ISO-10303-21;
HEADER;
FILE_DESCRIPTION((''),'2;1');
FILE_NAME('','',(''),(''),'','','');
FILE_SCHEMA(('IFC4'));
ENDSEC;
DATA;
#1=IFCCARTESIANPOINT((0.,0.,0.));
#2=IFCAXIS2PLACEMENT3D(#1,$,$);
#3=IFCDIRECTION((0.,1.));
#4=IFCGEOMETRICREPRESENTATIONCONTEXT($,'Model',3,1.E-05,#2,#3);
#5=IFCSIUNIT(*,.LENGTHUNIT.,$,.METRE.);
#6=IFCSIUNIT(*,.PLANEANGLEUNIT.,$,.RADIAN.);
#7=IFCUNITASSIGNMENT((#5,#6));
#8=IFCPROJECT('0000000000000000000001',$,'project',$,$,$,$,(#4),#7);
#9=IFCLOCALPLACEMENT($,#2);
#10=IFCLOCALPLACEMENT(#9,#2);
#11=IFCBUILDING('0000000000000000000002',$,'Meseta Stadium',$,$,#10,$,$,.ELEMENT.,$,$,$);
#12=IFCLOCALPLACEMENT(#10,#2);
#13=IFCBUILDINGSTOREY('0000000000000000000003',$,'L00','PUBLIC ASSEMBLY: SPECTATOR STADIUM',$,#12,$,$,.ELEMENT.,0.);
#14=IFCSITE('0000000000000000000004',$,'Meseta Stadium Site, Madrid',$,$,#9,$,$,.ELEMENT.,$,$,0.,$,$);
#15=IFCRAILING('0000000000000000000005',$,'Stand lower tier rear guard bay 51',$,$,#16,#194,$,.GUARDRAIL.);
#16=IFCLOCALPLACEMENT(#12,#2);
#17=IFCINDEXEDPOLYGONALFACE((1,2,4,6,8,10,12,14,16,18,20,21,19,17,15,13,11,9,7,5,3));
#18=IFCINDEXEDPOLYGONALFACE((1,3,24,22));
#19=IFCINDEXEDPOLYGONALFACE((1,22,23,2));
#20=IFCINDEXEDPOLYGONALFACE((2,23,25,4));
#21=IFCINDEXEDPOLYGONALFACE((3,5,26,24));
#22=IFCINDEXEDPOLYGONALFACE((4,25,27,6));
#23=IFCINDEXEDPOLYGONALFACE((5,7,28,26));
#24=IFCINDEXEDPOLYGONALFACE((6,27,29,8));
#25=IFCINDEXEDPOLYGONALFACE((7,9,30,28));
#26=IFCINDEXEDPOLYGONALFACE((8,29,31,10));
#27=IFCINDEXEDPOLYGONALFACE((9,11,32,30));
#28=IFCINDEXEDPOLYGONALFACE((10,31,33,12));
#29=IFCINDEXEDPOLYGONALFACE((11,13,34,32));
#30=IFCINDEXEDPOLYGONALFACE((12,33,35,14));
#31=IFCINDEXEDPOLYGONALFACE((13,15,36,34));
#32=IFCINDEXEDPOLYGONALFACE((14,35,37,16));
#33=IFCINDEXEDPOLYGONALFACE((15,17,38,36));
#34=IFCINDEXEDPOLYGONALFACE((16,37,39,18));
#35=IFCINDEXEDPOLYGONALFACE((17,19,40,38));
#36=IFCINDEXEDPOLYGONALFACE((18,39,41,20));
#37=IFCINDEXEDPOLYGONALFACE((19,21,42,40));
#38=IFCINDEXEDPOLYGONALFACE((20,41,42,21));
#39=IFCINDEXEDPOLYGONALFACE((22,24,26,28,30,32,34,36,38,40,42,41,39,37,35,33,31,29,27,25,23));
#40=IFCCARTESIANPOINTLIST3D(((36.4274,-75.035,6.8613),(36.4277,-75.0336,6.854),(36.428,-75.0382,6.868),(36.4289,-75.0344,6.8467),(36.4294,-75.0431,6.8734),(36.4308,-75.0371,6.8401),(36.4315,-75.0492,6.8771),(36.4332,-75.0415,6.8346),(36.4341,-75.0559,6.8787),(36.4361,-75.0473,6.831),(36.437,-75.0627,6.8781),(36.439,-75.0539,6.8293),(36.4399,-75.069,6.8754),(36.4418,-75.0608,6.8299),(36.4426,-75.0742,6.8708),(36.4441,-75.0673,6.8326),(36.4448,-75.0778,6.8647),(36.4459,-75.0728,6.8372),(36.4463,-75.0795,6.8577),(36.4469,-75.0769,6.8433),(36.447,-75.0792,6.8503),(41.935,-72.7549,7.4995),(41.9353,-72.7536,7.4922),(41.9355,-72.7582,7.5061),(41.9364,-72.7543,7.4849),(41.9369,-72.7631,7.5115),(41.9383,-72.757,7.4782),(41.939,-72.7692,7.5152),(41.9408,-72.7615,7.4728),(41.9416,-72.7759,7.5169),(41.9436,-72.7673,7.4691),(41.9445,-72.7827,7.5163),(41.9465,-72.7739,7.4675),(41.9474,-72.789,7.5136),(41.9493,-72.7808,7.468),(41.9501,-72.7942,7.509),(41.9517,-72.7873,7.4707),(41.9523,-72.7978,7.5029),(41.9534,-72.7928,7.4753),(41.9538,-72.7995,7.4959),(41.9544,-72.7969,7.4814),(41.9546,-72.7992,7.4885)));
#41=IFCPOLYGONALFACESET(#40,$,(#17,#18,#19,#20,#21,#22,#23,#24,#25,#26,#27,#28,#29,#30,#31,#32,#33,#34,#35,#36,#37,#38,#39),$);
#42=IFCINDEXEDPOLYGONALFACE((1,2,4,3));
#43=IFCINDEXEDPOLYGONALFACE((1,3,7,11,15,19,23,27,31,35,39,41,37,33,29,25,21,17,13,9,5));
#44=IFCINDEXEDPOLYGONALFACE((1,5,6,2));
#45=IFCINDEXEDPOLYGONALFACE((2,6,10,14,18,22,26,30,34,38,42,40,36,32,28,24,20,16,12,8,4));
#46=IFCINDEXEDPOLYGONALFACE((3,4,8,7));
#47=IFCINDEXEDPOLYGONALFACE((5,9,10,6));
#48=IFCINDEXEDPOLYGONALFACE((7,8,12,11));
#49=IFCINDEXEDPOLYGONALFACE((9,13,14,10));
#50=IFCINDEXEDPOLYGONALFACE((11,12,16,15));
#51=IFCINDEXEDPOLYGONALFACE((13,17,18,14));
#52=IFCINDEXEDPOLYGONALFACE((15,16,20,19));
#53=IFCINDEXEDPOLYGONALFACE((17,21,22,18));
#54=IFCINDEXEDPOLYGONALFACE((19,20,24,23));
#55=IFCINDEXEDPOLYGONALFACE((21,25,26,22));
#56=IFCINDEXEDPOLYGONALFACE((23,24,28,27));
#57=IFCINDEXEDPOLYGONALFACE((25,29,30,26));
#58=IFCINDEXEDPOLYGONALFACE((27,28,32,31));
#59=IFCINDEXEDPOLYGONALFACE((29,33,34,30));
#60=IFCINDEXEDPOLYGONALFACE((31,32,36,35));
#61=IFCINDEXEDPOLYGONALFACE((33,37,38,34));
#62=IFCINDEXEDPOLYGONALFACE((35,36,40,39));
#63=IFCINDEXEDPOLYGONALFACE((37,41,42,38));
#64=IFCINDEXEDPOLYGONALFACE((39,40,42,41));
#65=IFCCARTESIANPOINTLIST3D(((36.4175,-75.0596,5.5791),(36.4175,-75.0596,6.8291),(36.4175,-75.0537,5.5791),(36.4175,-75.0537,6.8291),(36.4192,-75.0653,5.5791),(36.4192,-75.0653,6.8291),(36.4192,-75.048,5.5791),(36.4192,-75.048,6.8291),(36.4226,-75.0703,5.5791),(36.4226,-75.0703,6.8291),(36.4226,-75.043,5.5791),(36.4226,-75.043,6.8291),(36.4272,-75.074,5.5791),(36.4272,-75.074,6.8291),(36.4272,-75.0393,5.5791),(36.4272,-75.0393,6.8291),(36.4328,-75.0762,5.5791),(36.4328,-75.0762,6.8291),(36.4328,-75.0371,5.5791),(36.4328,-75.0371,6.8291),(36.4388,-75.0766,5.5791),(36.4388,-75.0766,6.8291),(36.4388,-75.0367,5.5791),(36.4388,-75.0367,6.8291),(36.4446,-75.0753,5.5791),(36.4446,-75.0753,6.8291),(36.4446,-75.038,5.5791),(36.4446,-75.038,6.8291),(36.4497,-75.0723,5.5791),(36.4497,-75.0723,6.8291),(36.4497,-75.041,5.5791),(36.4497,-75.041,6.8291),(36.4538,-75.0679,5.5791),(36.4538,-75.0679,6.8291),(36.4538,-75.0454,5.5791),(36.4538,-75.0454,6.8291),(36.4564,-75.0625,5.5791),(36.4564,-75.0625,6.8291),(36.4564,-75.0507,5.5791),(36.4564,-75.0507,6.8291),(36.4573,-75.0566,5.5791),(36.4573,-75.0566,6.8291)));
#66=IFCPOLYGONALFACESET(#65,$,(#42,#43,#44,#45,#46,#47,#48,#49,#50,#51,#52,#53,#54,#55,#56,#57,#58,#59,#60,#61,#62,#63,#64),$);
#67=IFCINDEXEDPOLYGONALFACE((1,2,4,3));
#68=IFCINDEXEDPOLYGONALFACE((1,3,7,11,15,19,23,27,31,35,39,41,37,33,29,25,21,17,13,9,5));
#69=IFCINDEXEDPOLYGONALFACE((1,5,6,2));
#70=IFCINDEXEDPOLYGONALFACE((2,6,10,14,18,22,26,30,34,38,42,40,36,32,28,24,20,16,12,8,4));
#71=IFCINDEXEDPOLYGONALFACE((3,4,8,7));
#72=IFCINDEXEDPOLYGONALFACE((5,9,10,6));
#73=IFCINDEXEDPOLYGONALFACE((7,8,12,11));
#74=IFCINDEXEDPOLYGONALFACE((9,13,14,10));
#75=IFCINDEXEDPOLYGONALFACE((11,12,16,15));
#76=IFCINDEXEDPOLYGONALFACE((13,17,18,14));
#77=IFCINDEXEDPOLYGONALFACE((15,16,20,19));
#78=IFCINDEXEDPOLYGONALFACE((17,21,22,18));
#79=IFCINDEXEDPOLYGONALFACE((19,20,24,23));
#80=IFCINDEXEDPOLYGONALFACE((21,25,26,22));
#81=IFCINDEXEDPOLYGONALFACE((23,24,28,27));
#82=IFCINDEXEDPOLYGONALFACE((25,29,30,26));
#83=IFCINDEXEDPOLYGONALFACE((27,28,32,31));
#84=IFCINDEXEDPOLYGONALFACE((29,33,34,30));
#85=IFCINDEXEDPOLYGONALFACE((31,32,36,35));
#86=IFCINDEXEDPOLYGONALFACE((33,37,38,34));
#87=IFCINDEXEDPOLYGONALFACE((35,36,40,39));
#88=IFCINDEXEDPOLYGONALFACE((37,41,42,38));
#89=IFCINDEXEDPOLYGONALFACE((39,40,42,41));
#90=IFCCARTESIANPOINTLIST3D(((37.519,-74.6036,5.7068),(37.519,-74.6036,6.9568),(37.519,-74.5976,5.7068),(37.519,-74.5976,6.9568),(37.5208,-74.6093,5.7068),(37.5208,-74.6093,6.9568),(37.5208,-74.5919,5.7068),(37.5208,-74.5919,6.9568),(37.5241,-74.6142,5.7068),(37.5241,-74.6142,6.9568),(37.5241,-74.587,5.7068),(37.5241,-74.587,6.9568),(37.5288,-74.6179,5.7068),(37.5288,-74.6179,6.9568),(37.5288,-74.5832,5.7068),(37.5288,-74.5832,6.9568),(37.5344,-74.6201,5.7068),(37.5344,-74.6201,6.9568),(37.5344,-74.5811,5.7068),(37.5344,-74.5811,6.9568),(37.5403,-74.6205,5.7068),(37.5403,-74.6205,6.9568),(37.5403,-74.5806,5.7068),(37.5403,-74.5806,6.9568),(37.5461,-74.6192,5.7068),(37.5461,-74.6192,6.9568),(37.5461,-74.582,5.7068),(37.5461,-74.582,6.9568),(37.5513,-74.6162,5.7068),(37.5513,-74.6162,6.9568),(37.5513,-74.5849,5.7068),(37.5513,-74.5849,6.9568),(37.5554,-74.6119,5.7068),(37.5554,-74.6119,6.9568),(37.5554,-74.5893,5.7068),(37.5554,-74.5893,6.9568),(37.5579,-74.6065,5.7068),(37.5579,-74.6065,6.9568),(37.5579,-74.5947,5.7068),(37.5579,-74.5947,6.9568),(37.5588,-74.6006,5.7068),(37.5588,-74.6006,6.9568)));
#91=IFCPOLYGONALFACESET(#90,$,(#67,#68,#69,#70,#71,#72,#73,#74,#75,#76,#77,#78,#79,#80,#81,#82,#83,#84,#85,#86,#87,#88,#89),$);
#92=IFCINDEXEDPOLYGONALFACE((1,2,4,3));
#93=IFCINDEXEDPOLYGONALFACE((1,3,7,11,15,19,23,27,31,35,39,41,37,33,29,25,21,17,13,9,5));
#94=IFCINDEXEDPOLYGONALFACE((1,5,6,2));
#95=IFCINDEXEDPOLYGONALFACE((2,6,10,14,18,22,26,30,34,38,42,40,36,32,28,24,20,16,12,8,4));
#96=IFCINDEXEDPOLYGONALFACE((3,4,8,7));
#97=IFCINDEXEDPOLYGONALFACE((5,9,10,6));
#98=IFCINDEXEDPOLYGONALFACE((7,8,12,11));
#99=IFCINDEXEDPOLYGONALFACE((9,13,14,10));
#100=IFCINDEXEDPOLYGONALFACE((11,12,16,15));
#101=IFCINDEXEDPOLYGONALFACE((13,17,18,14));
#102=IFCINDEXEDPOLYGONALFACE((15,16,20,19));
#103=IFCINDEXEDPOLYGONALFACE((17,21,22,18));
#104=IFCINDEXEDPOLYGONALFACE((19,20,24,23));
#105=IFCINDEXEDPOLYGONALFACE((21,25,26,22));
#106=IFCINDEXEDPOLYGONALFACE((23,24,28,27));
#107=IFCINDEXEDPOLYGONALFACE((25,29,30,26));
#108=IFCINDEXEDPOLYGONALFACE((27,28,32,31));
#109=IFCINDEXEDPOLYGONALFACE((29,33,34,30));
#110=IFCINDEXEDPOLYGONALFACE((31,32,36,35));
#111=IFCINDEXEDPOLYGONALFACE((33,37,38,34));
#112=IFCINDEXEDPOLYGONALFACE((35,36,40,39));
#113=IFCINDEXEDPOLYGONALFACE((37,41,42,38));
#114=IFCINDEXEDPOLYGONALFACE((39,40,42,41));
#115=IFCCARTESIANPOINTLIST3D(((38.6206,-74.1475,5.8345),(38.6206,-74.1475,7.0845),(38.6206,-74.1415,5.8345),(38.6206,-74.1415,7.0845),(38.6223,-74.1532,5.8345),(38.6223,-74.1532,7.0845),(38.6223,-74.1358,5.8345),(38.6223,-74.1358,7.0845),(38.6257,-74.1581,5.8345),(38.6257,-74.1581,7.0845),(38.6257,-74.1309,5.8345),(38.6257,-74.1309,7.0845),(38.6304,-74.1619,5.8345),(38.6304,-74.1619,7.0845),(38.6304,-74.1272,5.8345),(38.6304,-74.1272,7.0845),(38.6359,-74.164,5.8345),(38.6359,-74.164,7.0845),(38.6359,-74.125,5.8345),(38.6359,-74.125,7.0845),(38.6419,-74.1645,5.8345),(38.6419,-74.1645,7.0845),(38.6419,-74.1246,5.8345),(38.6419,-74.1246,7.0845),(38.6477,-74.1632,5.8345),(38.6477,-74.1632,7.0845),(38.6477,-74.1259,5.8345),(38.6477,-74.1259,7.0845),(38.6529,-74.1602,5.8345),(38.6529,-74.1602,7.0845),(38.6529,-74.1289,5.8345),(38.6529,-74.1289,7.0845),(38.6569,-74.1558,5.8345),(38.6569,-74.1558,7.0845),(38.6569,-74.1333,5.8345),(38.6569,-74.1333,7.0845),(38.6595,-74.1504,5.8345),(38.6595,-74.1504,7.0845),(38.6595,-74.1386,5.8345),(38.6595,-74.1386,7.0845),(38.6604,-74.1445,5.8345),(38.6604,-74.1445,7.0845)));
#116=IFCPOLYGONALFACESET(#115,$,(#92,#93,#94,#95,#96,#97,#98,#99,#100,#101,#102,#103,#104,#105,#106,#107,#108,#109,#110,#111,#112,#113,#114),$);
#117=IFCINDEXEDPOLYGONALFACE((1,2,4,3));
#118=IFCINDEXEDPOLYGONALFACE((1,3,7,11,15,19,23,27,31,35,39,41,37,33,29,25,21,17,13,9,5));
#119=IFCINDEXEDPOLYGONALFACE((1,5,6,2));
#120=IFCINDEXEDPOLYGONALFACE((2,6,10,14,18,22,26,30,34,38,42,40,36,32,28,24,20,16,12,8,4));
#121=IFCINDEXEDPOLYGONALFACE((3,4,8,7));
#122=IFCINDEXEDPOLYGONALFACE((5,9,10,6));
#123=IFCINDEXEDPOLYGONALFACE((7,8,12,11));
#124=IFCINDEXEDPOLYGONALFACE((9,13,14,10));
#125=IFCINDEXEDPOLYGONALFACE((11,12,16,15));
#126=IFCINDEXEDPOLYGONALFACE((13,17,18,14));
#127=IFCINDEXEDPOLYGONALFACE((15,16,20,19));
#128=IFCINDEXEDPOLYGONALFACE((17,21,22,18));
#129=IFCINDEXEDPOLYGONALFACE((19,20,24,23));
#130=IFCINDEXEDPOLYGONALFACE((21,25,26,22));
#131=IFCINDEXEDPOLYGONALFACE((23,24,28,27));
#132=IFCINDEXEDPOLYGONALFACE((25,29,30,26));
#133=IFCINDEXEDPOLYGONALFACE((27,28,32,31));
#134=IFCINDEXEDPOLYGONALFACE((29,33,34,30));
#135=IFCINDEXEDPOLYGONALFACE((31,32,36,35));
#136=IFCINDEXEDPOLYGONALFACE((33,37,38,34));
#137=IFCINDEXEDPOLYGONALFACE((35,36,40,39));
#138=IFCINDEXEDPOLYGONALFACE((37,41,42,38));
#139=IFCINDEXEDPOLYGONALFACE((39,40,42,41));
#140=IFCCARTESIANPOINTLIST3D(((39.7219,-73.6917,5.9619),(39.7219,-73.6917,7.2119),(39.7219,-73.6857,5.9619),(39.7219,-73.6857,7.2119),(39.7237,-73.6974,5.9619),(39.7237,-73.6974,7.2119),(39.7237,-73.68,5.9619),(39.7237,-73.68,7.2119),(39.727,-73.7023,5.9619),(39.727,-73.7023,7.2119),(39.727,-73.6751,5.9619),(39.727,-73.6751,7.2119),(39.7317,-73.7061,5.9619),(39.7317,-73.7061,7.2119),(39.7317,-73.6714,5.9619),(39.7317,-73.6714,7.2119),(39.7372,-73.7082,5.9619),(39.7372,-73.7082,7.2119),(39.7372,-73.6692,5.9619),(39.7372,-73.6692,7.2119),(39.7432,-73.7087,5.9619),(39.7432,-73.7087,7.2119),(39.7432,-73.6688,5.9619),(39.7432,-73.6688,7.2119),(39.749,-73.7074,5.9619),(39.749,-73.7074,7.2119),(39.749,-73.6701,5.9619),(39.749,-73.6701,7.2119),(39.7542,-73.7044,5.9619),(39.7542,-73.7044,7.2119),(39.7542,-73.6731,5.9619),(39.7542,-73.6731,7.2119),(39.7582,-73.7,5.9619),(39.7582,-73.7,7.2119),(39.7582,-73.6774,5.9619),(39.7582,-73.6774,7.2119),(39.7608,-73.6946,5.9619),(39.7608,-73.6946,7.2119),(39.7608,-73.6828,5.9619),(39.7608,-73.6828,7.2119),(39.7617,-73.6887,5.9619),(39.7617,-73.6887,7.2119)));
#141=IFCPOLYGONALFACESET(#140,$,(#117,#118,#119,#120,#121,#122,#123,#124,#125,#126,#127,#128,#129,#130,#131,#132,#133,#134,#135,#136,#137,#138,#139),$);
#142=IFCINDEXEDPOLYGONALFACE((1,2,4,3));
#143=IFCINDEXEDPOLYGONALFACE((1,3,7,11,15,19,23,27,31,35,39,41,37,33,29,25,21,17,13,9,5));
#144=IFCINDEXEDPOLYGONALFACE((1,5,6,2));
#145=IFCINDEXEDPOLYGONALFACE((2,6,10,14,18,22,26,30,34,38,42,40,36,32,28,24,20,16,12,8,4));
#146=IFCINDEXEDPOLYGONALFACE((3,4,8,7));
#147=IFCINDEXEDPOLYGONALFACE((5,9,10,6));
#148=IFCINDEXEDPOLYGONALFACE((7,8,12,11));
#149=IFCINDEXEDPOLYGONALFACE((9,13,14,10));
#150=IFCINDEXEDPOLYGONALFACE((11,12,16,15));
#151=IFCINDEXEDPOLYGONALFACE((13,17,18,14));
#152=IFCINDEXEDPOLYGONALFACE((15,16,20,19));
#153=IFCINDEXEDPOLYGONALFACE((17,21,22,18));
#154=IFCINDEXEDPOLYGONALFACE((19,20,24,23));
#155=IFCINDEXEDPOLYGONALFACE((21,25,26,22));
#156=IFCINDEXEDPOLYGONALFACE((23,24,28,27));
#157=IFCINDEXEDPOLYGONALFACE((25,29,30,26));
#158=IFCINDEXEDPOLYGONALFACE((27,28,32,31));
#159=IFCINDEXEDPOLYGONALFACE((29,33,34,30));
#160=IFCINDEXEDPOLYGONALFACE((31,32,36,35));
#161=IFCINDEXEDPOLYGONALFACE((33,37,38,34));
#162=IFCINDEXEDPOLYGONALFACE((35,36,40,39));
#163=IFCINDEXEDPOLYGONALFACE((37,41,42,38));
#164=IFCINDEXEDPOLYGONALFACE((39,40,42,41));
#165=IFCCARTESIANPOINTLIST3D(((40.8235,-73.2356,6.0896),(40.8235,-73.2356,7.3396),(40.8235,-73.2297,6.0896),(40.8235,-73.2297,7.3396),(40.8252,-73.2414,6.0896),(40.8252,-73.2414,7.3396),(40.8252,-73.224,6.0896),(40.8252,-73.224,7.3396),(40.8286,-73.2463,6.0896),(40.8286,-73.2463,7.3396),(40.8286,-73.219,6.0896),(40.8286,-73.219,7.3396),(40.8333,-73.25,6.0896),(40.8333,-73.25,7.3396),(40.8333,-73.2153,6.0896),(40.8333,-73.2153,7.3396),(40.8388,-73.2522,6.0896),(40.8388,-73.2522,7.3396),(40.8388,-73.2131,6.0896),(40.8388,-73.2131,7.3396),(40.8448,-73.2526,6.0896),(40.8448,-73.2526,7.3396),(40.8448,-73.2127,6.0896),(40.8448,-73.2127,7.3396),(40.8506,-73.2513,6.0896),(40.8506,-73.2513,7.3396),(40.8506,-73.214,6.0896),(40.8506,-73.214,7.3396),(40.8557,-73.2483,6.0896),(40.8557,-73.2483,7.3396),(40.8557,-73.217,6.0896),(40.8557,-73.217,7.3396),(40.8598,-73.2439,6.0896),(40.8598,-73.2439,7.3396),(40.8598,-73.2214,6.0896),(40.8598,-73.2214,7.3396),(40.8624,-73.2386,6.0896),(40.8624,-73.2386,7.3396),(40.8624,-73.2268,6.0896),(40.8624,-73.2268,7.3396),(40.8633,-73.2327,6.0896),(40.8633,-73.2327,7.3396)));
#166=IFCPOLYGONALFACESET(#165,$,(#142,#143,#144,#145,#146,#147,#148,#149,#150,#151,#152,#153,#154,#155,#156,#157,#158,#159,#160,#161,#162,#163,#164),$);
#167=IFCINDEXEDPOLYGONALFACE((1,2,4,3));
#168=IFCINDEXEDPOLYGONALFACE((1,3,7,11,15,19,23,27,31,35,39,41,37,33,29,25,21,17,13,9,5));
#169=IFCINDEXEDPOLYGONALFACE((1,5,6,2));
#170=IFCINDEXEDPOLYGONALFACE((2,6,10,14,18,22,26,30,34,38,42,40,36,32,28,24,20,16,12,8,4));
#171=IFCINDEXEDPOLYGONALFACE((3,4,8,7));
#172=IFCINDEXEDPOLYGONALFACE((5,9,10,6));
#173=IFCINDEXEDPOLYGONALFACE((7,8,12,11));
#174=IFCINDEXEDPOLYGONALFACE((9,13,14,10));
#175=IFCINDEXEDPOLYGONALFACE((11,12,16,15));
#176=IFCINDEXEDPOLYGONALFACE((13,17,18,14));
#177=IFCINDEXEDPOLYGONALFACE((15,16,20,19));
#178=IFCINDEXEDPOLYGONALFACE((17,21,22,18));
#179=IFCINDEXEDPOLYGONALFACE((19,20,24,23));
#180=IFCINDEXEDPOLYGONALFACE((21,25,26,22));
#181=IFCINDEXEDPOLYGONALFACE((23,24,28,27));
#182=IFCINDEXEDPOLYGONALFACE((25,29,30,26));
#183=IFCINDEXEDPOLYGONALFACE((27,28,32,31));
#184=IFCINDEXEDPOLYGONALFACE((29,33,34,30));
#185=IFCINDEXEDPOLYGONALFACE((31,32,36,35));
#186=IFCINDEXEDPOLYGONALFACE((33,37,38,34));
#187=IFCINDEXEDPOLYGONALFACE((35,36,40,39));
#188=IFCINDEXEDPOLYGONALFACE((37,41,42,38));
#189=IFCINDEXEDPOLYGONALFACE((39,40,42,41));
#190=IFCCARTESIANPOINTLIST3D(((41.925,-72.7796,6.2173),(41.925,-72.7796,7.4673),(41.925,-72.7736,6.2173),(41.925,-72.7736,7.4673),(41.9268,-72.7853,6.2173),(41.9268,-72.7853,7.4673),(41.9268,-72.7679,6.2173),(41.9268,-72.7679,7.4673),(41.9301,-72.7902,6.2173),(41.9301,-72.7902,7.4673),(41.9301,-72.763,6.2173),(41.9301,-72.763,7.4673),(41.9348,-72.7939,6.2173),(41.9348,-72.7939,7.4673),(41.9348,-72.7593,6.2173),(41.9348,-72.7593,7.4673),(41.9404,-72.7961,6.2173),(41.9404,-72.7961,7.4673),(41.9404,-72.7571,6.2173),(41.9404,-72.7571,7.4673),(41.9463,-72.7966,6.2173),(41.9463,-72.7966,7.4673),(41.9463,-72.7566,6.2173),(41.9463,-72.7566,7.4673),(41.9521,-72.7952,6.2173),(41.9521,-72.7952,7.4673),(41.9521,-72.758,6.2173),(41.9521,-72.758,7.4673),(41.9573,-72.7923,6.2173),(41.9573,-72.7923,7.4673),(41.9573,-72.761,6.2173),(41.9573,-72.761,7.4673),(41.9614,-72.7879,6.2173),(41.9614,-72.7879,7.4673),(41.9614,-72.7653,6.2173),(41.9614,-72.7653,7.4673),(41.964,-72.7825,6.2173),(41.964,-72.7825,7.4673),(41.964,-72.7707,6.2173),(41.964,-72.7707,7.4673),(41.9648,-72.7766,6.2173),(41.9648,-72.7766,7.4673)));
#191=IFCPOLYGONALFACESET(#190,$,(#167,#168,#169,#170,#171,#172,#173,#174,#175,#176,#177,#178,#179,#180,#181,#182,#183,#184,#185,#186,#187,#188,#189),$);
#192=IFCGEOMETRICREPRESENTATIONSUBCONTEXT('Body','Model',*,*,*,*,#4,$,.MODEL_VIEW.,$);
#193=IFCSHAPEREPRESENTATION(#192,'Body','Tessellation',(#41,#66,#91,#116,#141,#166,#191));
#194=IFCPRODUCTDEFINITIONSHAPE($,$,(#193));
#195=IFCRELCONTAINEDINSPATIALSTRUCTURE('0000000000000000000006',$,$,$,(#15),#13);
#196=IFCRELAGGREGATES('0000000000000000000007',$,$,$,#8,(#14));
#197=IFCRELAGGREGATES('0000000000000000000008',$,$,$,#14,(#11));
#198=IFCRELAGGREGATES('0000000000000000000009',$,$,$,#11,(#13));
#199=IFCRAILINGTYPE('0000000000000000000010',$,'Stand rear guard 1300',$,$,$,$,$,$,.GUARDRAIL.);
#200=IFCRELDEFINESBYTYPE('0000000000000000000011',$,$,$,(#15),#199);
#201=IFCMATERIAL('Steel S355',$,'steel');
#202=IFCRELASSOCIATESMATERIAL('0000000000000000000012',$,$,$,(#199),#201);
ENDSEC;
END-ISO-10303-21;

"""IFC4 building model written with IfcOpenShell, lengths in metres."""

from ifc_helpers import new_model, si_unit, direction, frame, origin, origin_2d, place, context, subcontext, project, spatial, circle, extrude, material, type_object, element, save


model = new_model("IFC4")

# Units and contexts
model_context = context("Model", 3, precision=1e-05, world=origin(), true_north=direction((0.0, 1.0)))
body_context = subcontext(model_context, "Body", "Model", "MODEL_VIEW")
ifc_project = project(units=[si_unit("LENGTHUNIT", "METRE"), si_unit("PLANEANGLEUNIT", "RADIAN")], contexts=[model_context])

# Site, building, storey
site_placement = place(None, origin())
site = spatial("IfcSite", under=ifc_project, at=site_placement, Name="Meseta Stadium Site, Madrid", CompositionType="ELEMENT", RefElevation=0.0)
building_placement = place(site_placement, origin())
building = spatial("IfcBuilding", under=site, at=building_placement, Name="Meseta Stadium", CompositionType="ELEMENT")
storey_placement = place(building_placement, origin())
storey = spatial("IfcBuildingStorey", under=building, at=storey_placement, Name="L00", Description="PUBLIC ASSEMBLY: SPECTATOR STADIUM", CompositionType="ELEMENT", Elevation=0.0)

# Railing
ifc_material_1 = material(Name="Steel S355", Category="steel")
railing_type_1 = type_object("IfcRailingType", Name="Stand rear guard 1300", PredefinedType="GUARDRAIL", material=ifc_material_1)
railing_1_placement = place(storey_placement, frame((36.4373, -75.0566, 5.5791)))
element("IfcRailing", 1, at=railing_1_placement, inside=storey, type_object=railing_type_1, Name="Stand lower tier rear guard bay 51", PredefinedType="GUARDRAIL", context=body_context, shape_type="SweptSolid", body=[
    extrude(circle(Radius=0.0249, at=origin_2d()), frame((0.0, 0.0, 1.2749), z_axis=(0.918705, 0.380327, 0.106454), x_axis=(-0.3825, 0.923955, 0.0)), (0.0, 0.0, 1.0), 5.9949),
    extrude(circle(Radius=0.02, at=origin_2d()), origin(), (0.0, 0.0, 1.0), 1.25),
    extrude(circle(Radius=0.02, at=origin_2d()), frame((1.1016, 0.4561, 0.1277)), (0.0, 0.0, 1.0), 1.25),
    extrude(circle(Radius=0.02, at=origin_2d()), frame((2.2031, 0.9121, 0.2554)), (0.0, 0.0, 1.0), 1.25),
    extrude(circle(Radius=0.02, at=origin_2d()), frame((3.3044, 1.3679, 0.3828)), (0.0, 0.0, 1.0), 1.25),
    extrude(circle(Radius=0.02, at=origin_2d()), frame((4.406, 1.824, 0.5105)), (0.0, 0.0, 1.0), 1.25),
    extrude(circle(Radius=0.02, at=origin_2d()), frame((5.5076, 2.28, 0.6382)), (0.0, 0.0, 1.0), 1.25),
])

save(model, "model.ifc")
